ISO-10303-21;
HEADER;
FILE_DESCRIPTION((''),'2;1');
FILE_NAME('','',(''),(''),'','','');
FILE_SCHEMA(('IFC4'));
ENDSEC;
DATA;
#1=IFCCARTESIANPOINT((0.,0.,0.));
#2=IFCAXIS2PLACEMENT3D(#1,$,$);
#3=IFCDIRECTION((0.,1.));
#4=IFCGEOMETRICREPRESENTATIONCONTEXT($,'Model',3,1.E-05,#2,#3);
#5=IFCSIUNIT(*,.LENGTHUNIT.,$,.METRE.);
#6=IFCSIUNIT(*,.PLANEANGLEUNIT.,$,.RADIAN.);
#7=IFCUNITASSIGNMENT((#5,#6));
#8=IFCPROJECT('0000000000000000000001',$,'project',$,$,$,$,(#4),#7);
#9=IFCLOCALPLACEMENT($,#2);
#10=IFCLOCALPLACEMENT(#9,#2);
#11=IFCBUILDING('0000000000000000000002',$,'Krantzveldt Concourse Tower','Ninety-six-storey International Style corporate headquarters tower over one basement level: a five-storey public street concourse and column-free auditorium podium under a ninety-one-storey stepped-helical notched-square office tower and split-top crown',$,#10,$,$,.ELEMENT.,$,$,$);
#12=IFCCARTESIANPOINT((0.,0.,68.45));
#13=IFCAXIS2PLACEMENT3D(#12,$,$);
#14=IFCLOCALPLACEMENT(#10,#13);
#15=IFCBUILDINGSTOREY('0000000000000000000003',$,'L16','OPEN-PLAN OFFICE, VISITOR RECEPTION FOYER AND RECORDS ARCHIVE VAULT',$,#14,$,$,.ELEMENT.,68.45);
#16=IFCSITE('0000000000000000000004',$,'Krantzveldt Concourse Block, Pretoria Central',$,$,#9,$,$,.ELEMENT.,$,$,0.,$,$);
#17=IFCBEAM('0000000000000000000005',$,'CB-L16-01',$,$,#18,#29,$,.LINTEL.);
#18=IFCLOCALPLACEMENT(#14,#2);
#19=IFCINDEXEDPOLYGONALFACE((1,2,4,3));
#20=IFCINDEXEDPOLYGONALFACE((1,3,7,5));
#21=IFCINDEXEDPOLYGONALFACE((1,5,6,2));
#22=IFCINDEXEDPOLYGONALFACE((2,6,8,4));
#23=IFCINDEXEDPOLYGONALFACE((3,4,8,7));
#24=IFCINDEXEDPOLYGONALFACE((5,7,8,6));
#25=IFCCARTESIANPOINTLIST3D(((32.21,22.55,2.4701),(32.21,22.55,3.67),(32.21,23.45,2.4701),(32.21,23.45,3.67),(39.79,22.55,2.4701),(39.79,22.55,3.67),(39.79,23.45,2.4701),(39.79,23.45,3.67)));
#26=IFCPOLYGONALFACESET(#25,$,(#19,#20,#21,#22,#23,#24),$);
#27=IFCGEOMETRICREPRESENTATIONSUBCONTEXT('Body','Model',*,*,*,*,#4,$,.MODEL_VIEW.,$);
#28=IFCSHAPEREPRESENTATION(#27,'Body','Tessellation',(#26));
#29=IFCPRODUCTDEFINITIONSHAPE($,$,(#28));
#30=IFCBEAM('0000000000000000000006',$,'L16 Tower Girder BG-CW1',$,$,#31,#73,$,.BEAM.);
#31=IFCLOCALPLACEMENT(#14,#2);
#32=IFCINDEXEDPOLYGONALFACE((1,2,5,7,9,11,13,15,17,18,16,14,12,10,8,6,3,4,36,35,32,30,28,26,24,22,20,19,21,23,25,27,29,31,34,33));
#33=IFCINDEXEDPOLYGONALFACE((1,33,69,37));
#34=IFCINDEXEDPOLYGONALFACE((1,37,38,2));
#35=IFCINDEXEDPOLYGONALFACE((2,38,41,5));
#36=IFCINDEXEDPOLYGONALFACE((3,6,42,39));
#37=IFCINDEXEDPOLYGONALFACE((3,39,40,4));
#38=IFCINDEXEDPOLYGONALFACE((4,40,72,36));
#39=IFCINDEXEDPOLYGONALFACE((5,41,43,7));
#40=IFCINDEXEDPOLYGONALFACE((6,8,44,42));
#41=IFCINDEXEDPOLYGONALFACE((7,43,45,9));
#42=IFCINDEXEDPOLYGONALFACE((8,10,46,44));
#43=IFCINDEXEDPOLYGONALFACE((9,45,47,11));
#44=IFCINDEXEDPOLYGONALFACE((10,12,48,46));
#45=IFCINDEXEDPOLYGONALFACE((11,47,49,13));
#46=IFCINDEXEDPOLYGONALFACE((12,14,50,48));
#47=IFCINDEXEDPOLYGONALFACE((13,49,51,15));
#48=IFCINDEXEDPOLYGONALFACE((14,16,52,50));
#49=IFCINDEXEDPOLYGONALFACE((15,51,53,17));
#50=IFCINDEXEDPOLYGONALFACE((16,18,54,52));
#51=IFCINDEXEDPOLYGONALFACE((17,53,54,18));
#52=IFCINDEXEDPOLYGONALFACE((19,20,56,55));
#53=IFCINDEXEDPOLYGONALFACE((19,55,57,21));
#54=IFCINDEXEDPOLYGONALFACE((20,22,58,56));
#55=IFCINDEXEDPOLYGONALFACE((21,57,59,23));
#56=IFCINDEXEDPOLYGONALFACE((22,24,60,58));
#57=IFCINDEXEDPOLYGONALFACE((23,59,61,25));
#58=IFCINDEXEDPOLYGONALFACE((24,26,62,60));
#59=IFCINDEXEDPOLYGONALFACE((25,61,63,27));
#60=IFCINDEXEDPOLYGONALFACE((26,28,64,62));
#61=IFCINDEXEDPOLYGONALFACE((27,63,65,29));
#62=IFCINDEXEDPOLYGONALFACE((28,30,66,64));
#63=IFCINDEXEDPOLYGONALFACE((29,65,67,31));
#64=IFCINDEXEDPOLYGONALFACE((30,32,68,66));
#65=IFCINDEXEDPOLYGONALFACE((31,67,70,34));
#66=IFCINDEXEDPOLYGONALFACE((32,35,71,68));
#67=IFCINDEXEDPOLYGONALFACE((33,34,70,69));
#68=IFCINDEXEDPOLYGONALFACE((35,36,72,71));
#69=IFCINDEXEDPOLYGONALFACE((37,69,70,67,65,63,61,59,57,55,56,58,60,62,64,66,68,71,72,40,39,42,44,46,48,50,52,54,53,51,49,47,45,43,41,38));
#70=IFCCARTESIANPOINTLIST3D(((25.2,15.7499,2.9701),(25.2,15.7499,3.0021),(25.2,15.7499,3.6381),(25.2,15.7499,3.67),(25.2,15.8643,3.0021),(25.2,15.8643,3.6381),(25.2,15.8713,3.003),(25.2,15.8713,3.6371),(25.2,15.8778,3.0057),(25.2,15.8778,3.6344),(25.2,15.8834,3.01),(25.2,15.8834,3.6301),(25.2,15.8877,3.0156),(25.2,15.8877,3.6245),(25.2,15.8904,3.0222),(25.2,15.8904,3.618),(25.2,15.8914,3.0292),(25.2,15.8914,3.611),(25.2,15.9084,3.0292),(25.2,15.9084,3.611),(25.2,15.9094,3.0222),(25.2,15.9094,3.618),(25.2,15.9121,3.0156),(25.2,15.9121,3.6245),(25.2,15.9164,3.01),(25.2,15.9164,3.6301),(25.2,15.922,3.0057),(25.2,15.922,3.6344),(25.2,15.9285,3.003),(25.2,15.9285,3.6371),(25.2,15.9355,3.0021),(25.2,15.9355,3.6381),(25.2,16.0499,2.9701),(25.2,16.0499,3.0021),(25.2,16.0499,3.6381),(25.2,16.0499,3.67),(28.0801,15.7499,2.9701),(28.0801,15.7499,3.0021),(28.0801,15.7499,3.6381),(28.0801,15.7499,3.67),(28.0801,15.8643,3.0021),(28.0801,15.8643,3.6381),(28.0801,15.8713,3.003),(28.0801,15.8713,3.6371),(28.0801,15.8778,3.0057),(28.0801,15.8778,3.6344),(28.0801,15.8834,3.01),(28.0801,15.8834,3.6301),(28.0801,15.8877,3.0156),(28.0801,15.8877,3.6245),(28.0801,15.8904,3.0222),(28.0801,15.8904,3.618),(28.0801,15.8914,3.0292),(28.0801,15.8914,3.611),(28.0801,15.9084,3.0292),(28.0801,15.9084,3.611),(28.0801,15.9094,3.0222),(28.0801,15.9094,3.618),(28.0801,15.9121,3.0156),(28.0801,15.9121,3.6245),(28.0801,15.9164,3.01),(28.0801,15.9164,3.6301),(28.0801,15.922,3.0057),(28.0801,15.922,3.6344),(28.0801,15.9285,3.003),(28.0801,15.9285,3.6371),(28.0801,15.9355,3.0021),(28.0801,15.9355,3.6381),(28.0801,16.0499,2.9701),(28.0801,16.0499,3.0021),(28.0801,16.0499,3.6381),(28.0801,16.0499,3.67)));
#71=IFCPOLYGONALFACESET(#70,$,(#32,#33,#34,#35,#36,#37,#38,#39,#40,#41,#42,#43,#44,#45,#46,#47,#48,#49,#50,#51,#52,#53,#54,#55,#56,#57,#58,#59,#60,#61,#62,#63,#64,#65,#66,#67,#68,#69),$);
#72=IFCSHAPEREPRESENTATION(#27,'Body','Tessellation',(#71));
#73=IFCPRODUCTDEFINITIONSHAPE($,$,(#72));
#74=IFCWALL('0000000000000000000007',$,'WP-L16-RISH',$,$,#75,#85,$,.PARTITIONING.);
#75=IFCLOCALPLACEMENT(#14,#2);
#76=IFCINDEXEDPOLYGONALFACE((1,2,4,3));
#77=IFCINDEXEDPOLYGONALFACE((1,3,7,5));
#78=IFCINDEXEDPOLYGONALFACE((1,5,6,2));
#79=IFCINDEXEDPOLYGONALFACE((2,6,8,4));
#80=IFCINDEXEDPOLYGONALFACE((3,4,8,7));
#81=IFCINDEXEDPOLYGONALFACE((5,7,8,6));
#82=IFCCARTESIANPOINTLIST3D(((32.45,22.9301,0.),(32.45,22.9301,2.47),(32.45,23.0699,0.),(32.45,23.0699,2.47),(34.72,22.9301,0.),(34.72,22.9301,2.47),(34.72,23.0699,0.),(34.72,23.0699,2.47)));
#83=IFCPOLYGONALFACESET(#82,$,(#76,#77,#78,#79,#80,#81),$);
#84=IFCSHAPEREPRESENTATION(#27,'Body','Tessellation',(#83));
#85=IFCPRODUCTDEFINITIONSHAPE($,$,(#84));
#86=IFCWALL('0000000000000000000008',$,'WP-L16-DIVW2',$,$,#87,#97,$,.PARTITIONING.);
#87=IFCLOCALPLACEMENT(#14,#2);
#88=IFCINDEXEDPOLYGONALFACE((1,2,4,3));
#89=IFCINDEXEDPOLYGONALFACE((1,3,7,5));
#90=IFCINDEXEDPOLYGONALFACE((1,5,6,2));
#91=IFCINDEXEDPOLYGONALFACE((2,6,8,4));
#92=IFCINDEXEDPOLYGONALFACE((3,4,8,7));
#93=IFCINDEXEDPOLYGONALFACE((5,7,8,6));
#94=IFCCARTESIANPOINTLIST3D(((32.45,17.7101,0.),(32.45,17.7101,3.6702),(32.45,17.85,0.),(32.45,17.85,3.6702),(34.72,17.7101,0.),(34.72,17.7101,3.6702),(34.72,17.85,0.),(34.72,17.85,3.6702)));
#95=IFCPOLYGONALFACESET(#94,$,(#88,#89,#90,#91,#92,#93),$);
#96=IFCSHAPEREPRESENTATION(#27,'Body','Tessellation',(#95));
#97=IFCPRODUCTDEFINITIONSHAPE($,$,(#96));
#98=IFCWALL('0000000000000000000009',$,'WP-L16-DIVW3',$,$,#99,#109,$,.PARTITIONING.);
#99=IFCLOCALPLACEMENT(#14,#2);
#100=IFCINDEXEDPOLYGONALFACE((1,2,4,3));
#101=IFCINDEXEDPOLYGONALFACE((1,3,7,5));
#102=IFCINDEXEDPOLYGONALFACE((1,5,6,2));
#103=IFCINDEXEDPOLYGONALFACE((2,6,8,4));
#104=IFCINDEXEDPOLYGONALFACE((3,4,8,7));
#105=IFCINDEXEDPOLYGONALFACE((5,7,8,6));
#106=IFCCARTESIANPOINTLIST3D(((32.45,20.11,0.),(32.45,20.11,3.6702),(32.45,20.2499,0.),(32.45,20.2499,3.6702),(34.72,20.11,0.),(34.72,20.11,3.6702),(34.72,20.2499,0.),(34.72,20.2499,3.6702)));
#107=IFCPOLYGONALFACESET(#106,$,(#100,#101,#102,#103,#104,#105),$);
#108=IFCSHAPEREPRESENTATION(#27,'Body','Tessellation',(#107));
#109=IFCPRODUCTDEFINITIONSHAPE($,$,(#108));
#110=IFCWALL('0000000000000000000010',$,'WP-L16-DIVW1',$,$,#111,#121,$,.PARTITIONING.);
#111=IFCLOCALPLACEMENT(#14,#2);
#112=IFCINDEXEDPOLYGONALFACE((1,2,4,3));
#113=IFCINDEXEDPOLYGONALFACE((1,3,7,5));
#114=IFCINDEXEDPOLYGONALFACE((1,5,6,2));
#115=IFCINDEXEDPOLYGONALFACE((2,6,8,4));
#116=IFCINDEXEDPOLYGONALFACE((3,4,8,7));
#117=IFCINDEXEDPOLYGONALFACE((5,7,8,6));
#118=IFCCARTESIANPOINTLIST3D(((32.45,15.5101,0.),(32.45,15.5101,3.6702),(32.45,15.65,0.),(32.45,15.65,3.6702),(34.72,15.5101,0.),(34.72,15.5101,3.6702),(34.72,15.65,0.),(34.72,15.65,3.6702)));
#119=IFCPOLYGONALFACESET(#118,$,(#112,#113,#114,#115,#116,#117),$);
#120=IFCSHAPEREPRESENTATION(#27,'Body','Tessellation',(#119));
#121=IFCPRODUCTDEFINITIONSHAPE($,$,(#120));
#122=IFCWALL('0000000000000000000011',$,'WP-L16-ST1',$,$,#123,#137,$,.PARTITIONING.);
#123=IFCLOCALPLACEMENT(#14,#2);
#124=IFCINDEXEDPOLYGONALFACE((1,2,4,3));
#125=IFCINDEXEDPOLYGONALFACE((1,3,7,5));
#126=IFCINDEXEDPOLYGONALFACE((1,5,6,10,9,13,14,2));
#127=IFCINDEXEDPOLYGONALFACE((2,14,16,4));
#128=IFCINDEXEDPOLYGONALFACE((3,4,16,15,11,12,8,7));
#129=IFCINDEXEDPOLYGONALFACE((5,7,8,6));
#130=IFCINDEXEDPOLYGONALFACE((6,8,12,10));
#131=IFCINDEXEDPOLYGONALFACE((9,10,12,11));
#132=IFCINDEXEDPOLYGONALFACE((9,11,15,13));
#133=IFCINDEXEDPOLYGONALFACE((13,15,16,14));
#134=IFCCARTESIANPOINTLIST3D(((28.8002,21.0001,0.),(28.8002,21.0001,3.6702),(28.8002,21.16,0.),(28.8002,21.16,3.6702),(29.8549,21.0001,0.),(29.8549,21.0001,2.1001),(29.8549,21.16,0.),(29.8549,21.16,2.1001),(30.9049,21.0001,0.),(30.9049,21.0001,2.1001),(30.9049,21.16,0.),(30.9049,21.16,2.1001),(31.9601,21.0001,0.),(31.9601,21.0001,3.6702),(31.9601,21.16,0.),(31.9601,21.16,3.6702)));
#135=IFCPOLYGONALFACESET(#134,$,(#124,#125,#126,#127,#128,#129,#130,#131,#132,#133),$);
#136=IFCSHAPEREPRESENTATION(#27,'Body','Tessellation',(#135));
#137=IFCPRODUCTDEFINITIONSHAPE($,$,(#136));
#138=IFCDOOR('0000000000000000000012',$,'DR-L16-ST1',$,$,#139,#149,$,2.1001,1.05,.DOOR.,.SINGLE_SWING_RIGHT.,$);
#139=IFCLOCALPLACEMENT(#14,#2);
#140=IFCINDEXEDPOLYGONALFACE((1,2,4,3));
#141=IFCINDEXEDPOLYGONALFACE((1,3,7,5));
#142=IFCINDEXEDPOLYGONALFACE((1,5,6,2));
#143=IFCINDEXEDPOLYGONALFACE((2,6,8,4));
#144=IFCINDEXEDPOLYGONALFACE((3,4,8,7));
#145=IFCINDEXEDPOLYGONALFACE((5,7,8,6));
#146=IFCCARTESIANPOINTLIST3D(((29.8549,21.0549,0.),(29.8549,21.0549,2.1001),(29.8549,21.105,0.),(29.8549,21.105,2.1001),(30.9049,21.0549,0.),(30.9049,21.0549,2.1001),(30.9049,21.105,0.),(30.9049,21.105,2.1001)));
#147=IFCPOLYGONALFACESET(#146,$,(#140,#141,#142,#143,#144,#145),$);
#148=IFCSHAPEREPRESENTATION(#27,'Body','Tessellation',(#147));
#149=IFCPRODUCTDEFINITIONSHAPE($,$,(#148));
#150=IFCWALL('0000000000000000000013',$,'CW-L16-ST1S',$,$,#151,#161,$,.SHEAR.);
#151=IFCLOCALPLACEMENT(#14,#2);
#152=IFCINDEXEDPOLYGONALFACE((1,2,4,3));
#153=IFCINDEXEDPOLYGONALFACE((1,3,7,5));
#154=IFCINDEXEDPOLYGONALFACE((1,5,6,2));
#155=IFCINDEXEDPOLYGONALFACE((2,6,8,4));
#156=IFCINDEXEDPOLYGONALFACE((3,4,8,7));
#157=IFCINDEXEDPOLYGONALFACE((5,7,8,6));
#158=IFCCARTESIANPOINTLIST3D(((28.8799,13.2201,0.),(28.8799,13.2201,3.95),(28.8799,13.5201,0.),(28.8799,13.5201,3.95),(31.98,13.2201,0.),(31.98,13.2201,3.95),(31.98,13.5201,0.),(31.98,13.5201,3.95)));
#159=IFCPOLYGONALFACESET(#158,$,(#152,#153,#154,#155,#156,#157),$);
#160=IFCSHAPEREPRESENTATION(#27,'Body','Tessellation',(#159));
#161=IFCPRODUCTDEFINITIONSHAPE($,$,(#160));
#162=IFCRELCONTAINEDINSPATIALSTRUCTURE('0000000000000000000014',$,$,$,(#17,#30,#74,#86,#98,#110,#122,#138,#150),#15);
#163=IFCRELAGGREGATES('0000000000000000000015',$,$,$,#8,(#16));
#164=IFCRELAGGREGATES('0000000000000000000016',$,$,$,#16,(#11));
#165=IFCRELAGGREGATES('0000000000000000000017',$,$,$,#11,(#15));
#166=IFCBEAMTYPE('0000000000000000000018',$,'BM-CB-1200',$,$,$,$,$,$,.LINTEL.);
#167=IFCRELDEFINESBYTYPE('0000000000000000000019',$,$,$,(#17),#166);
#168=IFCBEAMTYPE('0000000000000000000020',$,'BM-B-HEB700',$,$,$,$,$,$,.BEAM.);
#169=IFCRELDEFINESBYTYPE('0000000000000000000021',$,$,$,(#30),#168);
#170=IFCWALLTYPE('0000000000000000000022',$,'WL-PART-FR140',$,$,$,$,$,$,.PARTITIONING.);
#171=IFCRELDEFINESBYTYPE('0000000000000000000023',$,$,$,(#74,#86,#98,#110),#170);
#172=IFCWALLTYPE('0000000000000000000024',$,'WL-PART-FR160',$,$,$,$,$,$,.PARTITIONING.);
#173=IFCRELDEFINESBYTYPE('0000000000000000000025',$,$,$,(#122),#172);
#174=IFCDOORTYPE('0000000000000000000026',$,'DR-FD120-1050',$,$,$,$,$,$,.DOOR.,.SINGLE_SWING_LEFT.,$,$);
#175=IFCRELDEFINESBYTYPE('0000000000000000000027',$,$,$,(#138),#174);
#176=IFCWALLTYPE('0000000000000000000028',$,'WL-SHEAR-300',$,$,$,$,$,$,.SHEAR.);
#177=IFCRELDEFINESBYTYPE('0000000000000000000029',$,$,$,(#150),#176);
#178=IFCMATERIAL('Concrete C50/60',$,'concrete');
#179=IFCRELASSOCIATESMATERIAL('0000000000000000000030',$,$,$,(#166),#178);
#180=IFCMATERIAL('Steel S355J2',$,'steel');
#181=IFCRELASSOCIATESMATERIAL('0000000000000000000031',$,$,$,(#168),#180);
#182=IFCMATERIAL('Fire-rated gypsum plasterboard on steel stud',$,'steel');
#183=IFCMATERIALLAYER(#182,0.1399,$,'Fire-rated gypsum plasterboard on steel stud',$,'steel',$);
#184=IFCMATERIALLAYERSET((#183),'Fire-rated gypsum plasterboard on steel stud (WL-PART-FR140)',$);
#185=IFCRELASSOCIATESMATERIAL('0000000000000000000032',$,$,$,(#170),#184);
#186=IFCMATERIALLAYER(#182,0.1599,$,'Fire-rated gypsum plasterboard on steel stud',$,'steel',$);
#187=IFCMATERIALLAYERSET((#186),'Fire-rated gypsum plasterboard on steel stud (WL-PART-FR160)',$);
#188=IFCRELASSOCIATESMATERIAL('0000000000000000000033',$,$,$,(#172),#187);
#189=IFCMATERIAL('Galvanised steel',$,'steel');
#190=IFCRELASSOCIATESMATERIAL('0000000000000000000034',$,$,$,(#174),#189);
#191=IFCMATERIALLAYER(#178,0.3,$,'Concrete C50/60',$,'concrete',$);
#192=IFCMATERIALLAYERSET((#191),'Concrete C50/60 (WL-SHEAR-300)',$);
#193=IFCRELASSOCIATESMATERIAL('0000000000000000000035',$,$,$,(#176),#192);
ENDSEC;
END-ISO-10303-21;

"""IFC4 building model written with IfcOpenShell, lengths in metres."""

from ifc_helpers import new_model, si_unit, direction, frame, frame_2d, origin, origin_2d, place, context, subcontext, project, spatial, rectangle, i_section, extrude, source, transform, mapped, material, layer, layer_set, material_profile, profile_set, type_object, type_shapes, element, fill, save


model = new_model("IFC4")

# Units and contexts
model_context = context("Model", 3, precision=1e-05, world=origin(), true_north=direction((0.0, 1.0)))
body_context = subcontext(model_context, "Body", "Model", "MODEL_VIEW")
ifc_project = project(units=[si_unit("LENGTHUNIT", "METRE"), si_unit("PLANEANGLEUNIT", "RADIAN")], contexts=[model_context])

# Site, building, storey
site_placement = place(None, origin())
site = spatial("IfcSite", under=ifc_project, at=site_placement, Name="Krantzveldt Concourse Block, Pretoria Central", CompositionType="ELEMENT", RefElevation=0.0)
building_placement = place(site_placement, origin())
building = spatial("IfcBuilding", under=site, at=building_placement, Name="Krantzveldt Concourse Tower", Description="Ninety-six-storey International Style corporate headquarters tower over one basement level: a five-storey public street concourse and column-free auditorium podium under a ninety-one-storey stepped-helical notched-square office tower and split-top crown", CompositionType="ELEMENT")
storey_placement = place(building_placement, frame((0.0, 0.0, 68.45)))
storey = spatial("IfcBuildingStorey", under=building, at=storey_placement, Name="L16", Description="OPEN-PLAN OFFICE, VISITOR RECEPTION FOYER AND RECORDS ARCHIVE VAULT", CompositionType="ELEMENT", Elevation=68.45)

# Beams
ifc_material_1 = material(Name="Concrete C50/60", Category="concrete")
ifc_material_profile_1 = material_profile(ifc_material_1, rectangle(XDim=0.8999, YDim=1.2, at=origin_2d()), Name="Concrete C50/60", Category="concrete")
ifc_profile_set_1 = profile_set([ifc_material_profile_1], Name="Concrete C50/60 - RC-CB 900x1200")
beam_type_1 = type_object("IfcBeamType", Name="BM-CB-1200", PredefinedType="LINTEL", material=ifc_profile_set_1)
shared_shape_1 = source(origin(), body_context, "Body", "SweptSolid", [
    extrude(rectangle(XDim=0.8999, YDim=1.2, at=origin_2d()), origin(), (0.0, 0.0, 1.0), 7.5801),
])
type_shapes(beam_type_1, [shared_shape_1])
beam_1_placement = place(storey_placement, frame((32.21, 23.0, 3.0701), z_axis=(1.0, 0.0, 0.0), x_axis=(0.0, 1.0, 0.0)))
element("IfcBeam", 1, at=beam_1_placement, inside=storey, type_object=beam_type_1, Name="CB-L16-01", PredefinedType="LINTEL", context=body_context, shape_type="MappedRepresentation", body=[
    mapped(shared_shape_1, transform((0.0, 0.0, 0.0), x_axis=(1.0, 0.0, 0.0), y_axis=(0.0, 1.0, 0.0), z_axis=(0.0, 0.0, 1.0), scale=1.0)),
])
ifc_material_2 = material(Name="Steel S355J2", Category="steel")
ifc_material_profile_2 = material_profile(ifc_material_2, i_section(OverallWidth=0.3, OverallDepth=0.7, WebThickness=0.0171, FlangeThickness=0.032, FilletRadius=0.0271, at=origin_2d()), Name="Steel S355J2", Category="steel")
ifc_profile_set_2 = profile_set([ifc_material_profile_2], Name="Steel S355J2 - HEB 700")
beam_type_2 = type_object("IfcBeamType", Name="BM-B-HEB700", PredefinedType="BEAM", material=ifc_profile_set_2)
shared_shape_2 = source(origin(), body_context, "Body", "SweptSolid", [
    extrude(i_section(OverallWidth=0.3, OverallDepth=0.7, WebThickness=0.0171, FlangeThickness=0.032, FilletRadius=0.0271, at=origin_2d()), origin(), (0.0, 0.0, 1.0), 2.8801),
])
type_shapes(beam_type_2, [shared_shape_2])
beam_2_placement = place(storey_placement, frame((25.2, 15.8999, 3.3201), z_axis=(1.0, 0.0, 0.0), x_axis=(0.0, 1.0, 0.0)))
element("IfcBeam", 2, at=beam_2_placement, inside=storey, type_object=beam_type_2, Name="L16 Tower Girder BG-CW1", PredefinedType="BEAM", context=body_context, shape_type="MappedRepresentation", body=[
    mapped(shared_shape_2, transform((0.0, 0.0, 0.0), x_axis=(1.0, 0.0, 0.0), y_axis=(0.0, 1.0, 0.0), z_axis=(0.0, 0.0, 1.0), scale=1.0)),
])

# Walls
ifc_material_3 = material(Name="Fire-rated gypsum plasterboard on steel stud", Category="steel")
ifc_layer_1 = layer(ifc_material_3, 0.1399, Name="Fire-rated gypsum plasterboard on steel stud", Category="steel")
ifc_layer_set_1 = layer_set([ifc_layer_1], Name="Fire-rated gypsum plasterboard on steel stud (WL-PART-FR140)")
wall_type_1 = type_object("IfcWallType", Name="WL-PART-FR140", PredefinedType="PARTITIONING", material=ifc_layer_set_1)
wall_1_placement = place(storey_placement, frame((32.45, 23.0, 0.0), z_axis=(0.0, 0.0, 1.0), x_axis=(1.0, 0.0, 0.0)))
element("IfcWall", 3, at=wall_1_placement, inside=storey, type_object=wall_type_1, Name="WP-L16-RISH", PredefinedType="PARTITIONING", context=body_context, shape_type="SweptSolid", body=[
    extrude(rectangle(XDim=2.27, YDim=0.1399, at=frame_2d((1.135, 0.0))), origin(), (0.0, 0.0, 1.0), 2.47),
])
for number, where, z_axis, x_axis, name in (
    (4, (32.45, 17.78, 0.0), (0.0, 0.0, 1.0), (1.0, 0.0, 0.0), "WP-L16-DIVW2"),
    (5, (32.45, 20.1799, 0.0), (0.0, 0.0, 1.0), (1.0, 0.0, 0.0), "WP-L16-DIVW3"),
    (6, (32.45, 15.5801, 0.0), (0.0, 0.0, 1.0), (1.0, 0.0, 0.0), "WP-L16-DIVW1"),
):
    element("IfcWall", number, at=place(storey_placement, frame(where, z_axis=z_axis, x_axis=x_axis)), inside=storey, type_object=wall_type_1, Name=name, PredefinedType="PARTITIONING", context=body_context, shape_type="SweptSolid", body=[
        extrude(rectangle(XDim=2.27, YDim=0.1399, at=frame_2d((1.135, 0.0))), origin(), (0.0, 0.0, 1.0), 3.6702),
    ])

# Wall, opening, door
ifc_layer_2 = layer(ifc_material_3, 0.1599, Name="Fire-rated gypsum plasterboard on steel stud", Category="steel")
ifc_layer_set_2 = layer_set([ifc_layer_2], Name="Fire-rated gypsum plasterboard on steel stud (WL-PART-FR160)")
wall_type_2 = type_object("IfcWallType", Name="WL-PART-FR160", PredefinedType="PARTITIONING", material=ifc_layer_set_2)
wall_2_placement = place(storey_placement, frame((28.8, 21.0801, 0.0), z_axis=(0.0, 0.0, 1.0), x_axis=(1.0, 0.0, 0.0)))
wall_2 = element("IfcWall", 7, at=wall_2_placement, inside=storey, type_object=wall_type_2, Name="WP-L16-ST1", PredefinedType="PARTITIONING", context=body_context, shape_type="SweptSolid", body=[
    extrude(rectangle(XDim=3.1599, YDim=0.1599, at=frame_2d((1.5801, 0.0))), origin(), (0.0, 0.0, 1.0), 3.6702),
])
opening_placement = place(wall_2_placement, frame((1.0549, 0.0, 0.0)))
opening = element("IfcOpeningElement", 8, at=opening_placement, cuts=wall_2, PredefinedType="OPENING", context=body_context, shape_type="SweptSolid", body=[
    extrude(rectangle(XDim=1.05, YDim=2.1001, at=frame_2d((0.5249, 1.05))), frame((0.0, 0.0898, 0.0), z_axis=(0.0, -1.0, 0.0), x_axis=(1.0, 0.0, 0.0)), (0.0, 0.0, 1.0), 0.1799),
])
ifc_material_4 = material(Name="Galvanised steel", Category="steel")
door_type = type_object("IfcDoorType", Name="DR-FD120-1050", OperationType="SINGLE_SWING_LEFT", PredefinedType="DOOR", material=ifc_material_4)
door_placement = place(opening_placement, origin())
door = element("IfcDoor", 9, at=door_placement, inside=storey, type_object=door_type, Name="DR-L16-ST1", OperationType="SINGLE_SWING_RIGHT", OverallHeight=2.1001, OverallWidth=1.05, PredefinedType="DOOR", context=body_context, shape_type="SweptSolid", body=[
    extrude(rectangle(XDim=1.05, YDim=2.1001, at=frame_2d((0.5249, 1.05))), frame((0.0, 0.0249, 0.0), z_axis=(0.0, -1.0, 0.0), x_axis=(1.0, 0.0, 0.0)), (0.0, 0.0, 1.0), 0.05),
])
fill(opening, door)

# Wall
ifc_layer_3 = layer(ifc_material_1, 0.3, Name="Concrete C50/60", Category="concrete")
ifc_layer_set_3 = layer_set([ifc_layer_3], Name="Concrete C50/60 (WL-SHEAR-300)")
wall_type_3 = type_object("IfcWallType", Name="WL-SHEAR-300", PredefinedType="SHEAR", material=ifc_layer_set_3)
wall_3_placement = place(storey_placement, frame((28.8799, 13.3701, 0.0), z_axis=(0.0, 0.0, 1.0), x_axis=(1.0, 0.0, 0.0)))
element("IfcWall", 10, at=wall_3_placement, inside=storey, type_object=wall_type_3, Name="CW-L16-ST1S", PredefinedType="SHEAR", context=body_context, shape_type="SweptSolid", body=[
    extrude(rectangle(XDim=3.1001, YDim=0.3, at=frame_2d((1.55, 0.0))), origin(), (0.0, 0.0, 1.0), 3.95),
])

save(model, "model.ifc")
